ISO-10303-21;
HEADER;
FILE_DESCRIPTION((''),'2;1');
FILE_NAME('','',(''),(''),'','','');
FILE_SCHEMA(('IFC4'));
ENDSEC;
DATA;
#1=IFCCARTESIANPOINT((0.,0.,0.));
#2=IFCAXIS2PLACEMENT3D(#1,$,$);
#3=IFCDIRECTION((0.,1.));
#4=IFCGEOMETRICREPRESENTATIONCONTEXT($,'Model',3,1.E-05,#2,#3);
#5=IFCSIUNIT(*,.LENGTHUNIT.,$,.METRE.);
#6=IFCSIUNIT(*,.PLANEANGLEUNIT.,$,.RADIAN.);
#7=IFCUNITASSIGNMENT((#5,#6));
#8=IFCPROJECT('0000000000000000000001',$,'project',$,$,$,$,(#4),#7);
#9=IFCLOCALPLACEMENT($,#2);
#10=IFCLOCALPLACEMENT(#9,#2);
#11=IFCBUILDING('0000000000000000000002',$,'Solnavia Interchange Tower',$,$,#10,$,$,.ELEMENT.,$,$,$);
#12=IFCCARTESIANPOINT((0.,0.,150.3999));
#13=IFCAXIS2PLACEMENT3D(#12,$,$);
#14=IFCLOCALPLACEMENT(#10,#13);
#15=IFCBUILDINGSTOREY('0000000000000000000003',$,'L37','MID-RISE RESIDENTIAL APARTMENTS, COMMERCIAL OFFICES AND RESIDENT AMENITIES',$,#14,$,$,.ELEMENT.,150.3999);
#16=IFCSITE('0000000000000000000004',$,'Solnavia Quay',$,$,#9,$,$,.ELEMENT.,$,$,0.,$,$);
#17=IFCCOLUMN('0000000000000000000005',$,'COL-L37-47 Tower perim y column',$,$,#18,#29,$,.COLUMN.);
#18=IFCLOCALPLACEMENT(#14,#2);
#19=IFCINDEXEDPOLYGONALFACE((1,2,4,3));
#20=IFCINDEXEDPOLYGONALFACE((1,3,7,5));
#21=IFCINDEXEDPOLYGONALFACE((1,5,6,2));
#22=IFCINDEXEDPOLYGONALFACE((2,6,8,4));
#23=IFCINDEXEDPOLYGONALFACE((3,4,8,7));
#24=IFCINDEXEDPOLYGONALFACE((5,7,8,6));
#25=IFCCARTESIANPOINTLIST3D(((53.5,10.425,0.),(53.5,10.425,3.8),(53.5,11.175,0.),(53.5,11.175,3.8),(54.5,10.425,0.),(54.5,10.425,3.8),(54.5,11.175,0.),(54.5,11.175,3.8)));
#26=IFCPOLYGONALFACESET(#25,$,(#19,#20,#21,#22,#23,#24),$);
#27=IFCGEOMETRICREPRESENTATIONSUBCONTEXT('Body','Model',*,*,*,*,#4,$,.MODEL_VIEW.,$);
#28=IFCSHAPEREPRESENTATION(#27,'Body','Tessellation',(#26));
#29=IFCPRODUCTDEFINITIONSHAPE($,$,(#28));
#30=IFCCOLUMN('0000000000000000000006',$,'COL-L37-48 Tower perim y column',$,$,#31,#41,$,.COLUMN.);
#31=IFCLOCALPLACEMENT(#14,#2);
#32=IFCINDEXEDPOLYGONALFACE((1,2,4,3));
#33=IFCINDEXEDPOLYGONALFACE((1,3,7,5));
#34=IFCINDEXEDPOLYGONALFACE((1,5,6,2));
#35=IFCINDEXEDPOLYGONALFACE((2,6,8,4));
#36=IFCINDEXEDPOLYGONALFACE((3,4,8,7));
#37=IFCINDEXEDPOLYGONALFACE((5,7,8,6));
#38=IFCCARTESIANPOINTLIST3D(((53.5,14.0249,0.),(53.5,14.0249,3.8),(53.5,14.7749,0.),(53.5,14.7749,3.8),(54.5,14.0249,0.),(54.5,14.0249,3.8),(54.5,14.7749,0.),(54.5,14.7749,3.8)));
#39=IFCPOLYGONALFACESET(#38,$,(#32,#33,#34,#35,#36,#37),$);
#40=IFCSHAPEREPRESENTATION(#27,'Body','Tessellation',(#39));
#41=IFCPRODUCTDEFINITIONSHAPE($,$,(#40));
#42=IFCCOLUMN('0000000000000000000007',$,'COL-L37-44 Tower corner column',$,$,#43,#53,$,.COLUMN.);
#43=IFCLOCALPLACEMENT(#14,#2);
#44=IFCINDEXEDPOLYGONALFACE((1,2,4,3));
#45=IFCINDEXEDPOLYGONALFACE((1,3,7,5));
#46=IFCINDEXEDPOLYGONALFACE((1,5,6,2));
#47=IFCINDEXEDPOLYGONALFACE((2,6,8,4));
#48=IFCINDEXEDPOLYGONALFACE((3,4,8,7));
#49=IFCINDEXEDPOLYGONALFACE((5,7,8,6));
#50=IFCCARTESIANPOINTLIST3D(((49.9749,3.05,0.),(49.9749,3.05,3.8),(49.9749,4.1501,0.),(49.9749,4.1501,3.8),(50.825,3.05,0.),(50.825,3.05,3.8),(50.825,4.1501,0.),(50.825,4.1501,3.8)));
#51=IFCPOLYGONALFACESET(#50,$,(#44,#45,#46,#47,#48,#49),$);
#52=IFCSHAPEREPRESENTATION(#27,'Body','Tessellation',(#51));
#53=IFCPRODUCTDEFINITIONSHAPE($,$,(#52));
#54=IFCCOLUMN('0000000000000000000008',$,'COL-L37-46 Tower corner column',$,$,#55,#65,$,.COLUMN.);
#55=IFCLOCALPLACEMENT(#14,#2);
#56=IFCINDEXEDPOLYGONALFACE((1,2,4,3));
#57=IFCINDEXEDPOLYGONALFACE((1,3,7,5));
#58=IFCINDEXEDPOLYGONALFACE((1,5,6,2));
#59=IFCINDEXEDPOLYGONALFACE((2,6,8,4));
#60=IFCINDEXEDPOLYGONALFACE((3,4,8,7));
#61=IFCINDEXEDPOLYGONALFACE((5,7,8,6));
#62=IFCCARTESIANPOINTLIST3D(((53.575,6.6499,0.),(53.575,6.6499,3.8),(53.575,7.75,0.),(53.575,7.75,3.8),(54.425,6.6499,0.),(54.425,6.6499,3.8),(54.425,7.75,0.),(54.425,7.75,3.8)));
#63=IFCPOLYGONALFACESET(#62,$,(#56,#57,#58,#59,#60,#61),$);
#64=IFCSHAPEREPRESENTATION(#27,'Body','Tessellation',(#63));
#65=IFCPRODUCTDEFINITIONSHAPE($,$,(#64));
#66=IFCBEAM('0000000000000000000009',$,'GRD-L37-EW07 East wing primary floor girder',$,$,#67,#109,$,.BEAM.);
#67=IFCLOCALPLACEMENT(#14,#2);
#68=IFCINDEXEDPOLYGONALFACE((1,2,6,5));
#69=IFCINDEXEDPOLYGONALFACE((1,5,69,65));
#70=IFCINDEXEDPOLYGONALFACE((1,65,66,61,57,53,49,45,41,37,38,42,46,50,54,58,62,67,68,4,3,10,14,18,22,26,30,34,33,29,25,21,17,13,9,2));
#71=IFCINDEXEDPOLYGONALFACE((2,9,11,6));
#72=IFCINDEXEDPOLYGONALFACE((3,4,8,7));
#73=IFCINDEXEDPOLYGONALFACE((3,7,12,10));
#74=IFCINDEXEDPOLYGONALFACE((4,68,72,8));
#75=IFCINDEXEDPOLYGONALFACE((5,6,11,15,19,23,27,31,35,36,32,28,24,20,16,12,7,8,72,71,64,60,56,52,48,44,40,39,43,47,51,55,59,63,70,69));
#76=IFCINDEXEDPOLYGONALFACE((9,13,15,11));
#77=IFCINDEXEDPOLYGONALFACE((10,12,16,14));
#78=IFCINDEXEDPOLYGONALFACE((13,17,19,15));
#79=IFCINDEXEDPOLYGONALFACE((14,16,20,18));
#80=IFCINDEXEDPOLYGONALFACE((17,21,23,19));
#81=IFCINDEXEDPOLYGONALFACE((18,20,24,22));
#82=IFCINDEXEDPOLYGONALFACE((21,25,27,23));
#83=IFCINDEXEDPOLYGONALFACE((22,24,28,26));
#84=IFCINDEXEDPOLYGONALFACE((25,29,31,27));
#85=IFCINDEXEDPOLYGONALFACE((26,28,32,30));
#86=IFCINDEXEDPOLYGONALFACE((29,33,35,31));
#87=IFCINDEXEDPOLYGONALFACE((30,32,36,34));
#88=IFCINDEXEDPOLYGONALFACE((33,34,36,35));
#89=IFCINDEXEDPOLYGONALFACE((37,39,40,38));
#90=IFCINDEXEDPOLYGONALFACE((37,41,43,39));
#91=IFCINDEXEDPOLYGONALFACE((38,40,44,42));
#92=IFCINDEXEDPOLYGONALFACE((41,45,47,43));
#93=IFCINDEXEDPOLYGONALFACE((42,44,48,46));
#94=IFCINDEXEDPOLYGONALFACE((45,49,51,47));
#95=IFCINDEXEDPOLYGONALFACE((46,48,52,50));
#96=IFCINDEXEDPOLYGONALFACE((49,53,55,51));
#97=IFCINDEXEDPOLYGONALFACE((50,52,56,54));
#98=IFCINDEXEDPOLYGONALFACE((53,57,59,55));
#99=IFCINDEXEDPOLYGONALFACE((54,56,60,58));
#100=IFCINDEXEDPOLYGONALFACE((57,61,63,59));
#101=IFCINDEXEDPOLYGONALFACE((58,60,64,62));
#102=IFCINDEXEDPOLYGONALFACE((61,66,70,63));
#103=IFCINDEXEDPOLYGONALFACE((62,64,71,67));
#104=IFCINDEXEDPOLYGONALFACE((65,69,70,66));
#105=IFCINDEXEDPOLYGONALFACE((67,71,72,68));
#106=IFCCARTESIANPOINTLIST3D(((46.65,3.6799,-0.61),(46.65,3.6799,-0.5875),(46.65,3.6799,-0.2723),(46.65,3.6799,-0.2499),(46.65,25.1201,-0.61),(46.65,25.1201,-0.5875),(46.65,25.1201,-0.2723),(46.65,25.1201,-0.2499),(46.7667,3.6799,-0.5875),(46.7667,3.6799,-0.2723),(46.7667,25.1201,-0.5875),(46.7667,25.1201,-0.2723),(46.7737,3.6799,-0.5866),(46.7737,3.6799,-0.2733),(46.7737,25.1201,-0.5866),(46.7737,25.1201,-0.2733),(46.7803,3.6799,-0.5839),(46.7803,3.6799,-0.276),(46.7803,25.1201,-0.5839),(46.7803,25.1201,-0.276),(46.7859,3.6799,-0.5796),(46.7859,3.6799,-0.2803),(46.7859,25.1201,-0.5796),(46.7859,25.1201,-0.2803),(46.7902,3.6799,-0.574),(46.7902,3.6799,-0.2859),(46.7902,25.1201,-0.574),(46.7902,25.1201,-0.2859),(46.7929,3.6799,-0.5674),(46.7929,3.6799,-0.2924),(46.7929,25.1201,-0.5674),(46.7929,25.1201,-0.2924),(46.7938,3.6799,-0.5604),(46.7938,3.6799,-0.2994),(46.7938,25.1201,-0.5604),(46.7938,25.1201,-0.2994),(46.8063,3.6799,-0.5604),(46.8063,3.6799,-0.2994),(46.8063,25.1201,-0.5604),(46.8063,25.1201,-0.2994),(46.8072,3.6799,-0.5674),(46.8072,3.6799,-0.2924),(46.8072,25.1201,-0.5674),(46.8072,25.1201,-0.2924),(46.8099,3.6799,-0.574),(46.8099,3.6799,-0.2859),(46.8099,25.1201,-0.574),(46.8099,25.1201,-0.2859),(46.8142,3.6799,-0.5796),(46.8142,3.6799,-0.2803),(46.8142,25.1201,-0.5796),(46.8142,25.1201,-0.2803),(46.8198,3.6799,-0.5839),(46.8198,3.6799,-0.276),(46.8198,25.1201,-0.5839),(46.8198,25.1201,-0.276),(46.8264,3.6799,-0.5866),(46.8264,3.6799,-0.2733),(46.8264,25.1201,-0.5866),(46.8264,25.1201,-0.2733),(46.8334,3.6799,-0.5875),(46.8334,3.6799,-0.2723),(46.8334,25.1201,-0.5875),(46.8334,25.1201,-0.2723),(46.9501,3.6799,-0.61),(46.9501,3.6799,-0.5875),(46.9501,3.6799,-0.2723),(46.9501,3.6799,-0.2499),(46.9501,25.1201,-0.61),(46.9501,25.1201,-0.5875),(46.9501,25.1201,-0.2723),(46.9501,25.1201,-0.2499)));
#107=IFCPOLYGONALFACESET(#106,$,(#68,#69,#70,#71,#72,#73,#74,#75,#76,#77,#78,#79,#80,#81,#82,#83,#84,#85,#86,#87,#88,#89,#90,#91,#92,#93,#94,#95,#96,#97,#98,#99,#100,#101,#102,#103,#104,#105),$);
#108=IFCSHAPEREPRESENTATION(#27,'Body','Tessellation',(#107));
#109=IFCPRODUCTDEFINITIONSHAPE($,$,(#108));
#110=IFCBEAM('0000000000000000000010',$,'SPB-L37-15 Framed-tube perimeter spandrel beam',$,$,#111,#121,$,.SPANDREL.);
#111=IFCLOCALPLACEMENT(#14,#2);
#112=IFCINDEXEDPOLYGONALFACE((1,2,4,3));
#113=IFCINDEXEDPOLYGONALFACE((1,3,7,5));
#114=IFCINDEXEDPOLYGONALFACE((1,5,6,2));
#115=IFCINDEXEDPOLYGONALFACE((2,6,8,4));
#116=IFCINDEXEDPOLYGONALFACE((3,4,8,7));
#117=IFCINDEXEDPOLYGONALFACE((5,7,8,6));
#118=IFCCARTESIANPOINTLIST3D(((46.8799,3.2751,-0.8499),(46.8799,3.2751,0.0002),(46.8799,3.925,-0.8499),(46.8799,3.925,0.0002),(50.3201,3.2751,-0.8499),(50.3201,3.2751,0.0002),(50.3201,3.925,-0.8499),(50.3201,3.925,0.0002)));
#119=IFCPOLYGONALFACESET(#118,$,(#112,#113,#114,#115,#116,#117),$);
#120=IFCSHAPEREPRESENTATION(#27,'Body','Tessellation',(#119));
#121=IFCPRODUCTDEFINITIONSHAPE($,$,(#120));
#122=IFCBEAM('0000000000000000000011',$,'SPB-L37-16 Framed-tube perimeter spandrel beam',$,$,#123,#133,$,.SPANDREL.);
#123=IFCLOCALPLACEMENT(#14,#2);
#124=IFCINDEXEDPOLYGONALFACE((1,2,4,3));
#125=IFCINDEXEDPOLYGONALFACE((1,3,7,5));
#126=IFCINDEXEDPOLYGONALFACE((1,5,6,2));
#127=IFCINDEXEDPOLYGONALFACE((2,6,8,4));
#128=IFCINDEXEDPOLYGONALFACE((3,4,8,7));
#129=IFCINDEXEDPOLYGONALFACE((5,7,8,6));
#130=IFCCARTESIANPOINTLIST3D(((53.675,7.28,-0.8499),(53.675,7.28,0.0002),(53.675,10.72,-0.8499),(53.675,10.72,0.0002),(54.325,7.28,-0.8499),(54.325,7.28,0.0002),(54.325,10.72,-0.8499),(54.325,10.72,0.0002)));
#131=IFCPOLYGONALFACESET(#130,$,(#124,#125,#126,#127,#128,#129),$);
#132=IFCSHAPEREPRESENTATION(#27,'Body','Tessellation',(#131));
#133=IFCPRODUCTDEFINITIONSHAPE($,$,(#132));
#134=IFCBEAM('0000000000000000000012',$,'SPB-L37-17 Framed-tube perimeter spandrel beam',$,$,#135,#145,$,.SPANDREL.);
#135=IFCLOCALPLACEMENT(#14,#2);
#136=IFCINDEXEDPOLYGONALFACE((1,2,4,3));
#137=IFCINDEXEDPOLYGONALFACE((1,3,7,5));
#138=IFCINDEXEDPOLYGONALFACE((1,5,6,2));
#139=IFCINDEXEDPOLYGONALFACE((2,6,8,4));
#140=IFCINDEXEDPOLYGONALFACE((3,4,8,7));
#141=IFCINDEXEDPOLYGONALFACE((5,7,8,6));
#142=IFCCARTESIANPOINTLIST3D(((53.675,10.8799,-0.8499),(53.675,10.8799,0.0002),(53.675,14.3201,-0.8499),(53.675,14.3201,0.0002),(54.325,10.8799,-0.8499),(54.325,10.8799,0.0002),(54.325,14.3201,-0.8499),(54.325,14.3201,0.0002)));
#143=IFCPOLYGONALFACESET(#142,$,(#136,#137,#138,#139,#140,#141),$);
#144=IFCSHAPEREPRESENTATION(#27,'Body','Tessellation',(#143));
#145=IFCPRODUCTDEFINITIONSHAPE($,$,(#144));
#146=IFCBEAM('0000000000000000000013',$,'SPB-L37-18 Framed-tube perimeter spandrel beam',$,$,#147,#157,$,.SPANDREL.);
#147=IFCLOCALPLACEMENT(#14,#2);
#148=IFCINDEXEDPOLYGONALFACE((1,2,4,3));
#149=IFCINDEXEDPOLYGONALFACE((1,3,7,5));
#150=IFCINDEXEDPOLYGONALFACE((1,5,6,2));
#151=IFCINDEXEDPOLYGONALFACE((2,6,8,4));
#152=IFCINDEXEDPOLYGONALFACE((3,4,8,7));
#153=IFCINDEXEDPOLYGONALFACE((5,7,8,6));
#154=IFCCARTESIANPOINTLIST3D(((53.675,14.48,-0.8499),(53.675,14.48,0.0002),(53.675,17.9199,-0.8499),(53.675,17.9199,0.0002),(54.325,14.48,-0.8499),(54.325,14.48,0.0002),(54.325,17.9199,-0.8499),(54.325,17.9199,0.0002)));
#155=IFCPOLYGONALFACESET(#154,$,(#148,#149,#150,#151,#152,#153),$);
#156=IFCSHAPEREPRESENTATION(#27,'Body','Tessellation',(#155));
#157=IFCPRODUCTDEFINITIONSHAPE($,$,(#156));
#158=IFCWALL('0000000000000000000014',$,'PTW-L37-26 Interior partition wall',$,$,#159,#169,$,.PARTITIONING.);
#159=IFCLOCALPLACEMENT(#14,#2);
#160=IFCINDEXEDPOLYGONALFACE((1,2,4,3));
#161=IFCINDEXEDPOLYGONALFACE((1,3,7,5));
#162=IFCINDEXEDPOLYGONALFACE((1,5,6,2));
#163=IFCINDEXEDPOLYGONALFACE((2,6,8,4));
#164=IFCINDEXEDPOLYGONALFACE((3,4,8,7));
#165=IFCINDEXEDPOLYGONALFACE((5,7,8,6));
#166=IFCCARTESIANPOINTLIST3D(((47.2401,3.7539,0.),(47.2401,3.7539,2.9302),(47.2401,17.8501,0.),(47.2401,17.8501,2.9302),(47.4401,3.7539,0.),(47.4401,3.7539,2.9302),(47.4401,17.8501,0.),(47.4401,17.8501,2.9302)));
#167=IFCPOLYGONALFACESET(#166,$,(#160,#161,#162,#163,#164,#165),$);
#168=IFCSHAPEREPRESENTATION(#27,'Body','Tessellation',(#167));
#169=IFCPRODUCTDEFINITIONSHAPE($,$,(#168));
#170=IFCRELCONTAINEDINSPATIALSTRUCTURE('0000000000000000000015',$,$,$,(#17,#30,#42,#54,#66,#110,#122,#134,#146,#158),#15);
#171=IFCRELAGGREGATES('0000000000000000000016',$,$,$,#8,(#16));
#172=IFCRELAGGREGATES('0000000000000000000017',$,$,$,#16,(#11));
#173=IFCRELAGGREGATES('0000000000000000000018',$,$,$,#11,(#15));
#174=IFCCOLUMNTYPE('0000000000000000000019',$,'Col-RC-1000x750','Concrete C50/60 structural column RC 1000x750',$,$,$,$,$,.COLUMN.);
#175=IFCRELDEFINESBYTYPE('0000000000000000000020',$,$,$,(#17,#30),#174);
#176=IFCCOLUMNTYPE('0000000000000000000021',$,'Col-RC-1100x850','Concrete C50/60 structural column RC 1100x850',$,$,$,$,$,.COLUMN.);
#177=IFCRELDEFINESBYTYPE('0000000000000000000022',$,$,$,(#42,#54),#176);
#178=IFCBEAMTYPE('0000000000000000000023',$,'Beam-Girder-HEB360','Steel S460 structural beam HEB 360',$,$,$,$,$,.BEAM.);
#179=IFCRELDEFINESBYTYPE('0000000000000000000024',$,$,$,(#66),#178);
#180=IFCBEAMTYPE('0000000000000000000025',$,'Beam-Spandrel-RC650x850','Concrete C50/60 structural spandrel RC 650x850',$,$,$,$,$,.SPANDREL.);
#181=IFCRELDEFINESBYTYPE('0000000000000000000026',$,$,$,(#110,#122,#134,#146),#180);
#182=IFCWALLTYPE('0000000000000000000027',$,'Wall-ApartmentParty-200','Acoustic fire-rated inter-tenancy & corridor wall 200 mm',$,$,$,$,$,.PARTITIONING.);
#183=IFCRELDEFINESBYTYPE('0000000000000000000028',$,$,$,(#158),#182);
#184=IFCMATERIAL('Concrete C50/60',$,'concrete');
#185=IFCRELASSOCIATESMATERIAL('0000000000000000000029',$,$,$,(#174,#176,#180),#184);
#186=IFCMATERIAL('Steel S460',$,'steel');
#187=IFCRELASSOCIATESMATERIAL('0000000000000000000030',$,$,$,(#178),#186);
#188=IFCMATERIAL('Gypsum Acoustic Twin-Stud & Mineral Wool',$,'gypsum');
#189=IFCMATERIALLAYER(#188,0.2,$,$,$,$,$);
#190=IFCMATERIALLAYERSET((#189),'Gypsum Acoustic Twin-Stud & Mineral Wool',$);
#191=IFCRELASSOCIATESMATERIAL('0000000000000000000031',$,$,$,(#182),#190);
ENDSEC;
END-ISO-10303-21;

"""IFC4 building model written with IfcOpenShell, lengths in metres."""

from ifc_helpers import new_model, si_unit, direction, frame, frame_2d, origin, origin_2d, place, context, subcontext, project, spatial, rectangle, i_section, extrude, material, layer, layer_set, material_profile, profile_set, type_object, element, save


model = new_model("IFC4")

# Units and contexts
model_context = context("Model", 3, precision=1e-05, world=origin(), true_north=direction((0.0, 1.0)))
body_context = subcontext(model_context, "Body", "Model", "MODEL_VIEW")
ifc_project = project(units=[si_unit("LENGTHUNIT", "METRE"), si_unit("PLANEANGLEUNIT", "RADIAN")], contexts=[model_context])

# Site, building, storey
site_placement = place(None, origin())
site = spatial("IfcSite", under=ifc_project, at=site_placement, Name="Solnavia Quay", CompositionType="ELEMENT", RefElevation=0.0)
building_placement = place(site_placement, origin())
building = spatial("IfcBuilding", under=site, at=building_placement, Name="Solnavia Interchange Tower", CompositionType="ELEMENT")
storey_placement = place(building_placement, frame((0.0, 0.0, 150.3999)))
storey = spatial("IfcBuildingStorey", under=building, at=storey_placement, Name="L37", Description="MID-RISE RESIDENTIAL APARTMENTS, COMMERCIAL OFFICES AND RESIDENT AMENITIES", CompositionType="ELEMENT", Elevation=150.3999)

# Columns
ifc_material_1 = material(Name="Concrete C50/60", Category="concrete")
ifc_material_profile_1 = material_profile(ifc_material_1, rectangle(XDim=0.75, YDim=1.0, at=origin_2d()), Name="RC 1000x750")
ifc_profile_set_1 = profile_set([ifc_material_profile_1], Name="Concrete C50/60")
column_type_1 = type_object("IfcColumnType", Name="Col-RC-1000x750", Description="Concrete C50/60 structural column RC 1000x750", PredefinedType="COLUMN", material=ifc_profile_set_1)
for number, where, z_axis, x_axis, name in (
    (1, (54.0, 10.8, 0.0), (0.0, 0.0, 1.0), (0.0, 1.0, 0.0), "COL-L37-47 Tower perim y column"),
    (2, (54.0, 14.3999, 0.0), (0.0, 0.0, 1.0), (0.0, 1.0, 0.0), "COL-L37-48 Tower perim y column"),
):
    element("IfcColumn", number, at=place(storey_placement, frame(where, z_axis=z_axis, x_axis=x_axis)), inside=storey, type_object=column_type_1, Name=name, PredefinedType="COLUMN", context=body_context, shape_type="SweptSolid", body=[
        extrude(rectangle(XDim=0.75, YDim=1.0, at=origin_2d()), origin(), (0.0, 0.0, 1.0), 3.8),
    ])
ifc_material_profile_2 = material_profile(ifc_material_1, rectangle(XDim=0.8501, YDim=1.1001, at=origin_2d()), Name="RC 1100x850")
ifc_profile_set_2 = profile_set([ifc_material_profile_2], Name="Concrete C50/60")
column_type_2 = type_object("IfcColumnType", Name="Col-RC-1100x850", Description="Concrete C50/60 structural column RC 1100x850", PredefinedType="COLUMN", material=ifc_profile_set_2)
for number, where, z_axis, x_axis, name in (
    (3, (50.3999, 3.6001, 0.0), (0.0, 0.0, 1.0), (1.0, 0.0, 0.0), "COL-L37-44 Tower corner column"),
    (4, (54.0, 7.2, 0.0), (0.0, 0.0, 1.0), (1.0, 0.0, 0.0), "COL-L37-46 Tower corner column"),
):
    element("IfcColumn", number, at=place(storey_placement, frame(where, z_axis=z_axis, x_axis=x_axis)), inside=storey, type_object=column_type_2, Name=name, PredefinedType="COLUMN", context=body_context, shape_type="SweptSolid", body=[
        extrude(rectangle(XDim=0.8501, YDim=1.1001, at=origin_2d()), origin(), (0.0, 0.0, 1.0), 3.8),
    ])

# Beams
ifc_material_2 = material(Name="Steel S460", Category="steel")
ifc_material_profile_3 = material_profile(ifc_material_2, i_section(OverallWidth=0.3, OverallDepth=0.3601, WebThickness=0.0125, FlangeThickness=0.0225, FilletRadius=0.0271, at=origin_2d()), Name="HEB 360")
ifc_profile_set_3 = profile_set([ifc_material_profile_3], Name="Steel S460")
beam_type_1 = type_object("IfcBeamType", Name="Beam-Girder-HEB360", Description="Steel S460 structural beam HEB 360", PredefinedType="BEAM", material=ifc_profile_set_3)
beam_1_placement = place(storey_placement, frame((46.8, 3.6799, -0.4299), z_axis=(0.0, 1.0, 0.0), x_axis=(-1.0, 0.0, 0.0)))
element("IfcBeam", 5, at=beam_1_placement, inside=storey, type_object=beam_type_1, Name="GRD-L37-EW07 East wing primary floor girder", PredefinedType="BEAM", context=body_context, shape_type="SweptSolid", body=[
    extrude(i_section(OverallWidth=0.3, OverallDepth=0.3601, WebThickness=0.0125, FlangeThickness=0.0225, FilletRadius=0.0271, at=origin_2d()), origin(), (0.0, 0.0, 1.0), 21.4402),
])
ifc_material_profile_4 = material_profile(ifc_material_1, rectangle(XDim=0.6499, YDim=0.8501, at=origin_2d()), Name="RC 650x850")
ifc_profile_set_4 = profile_set([ifc_material_profile_4], Name="Concrete C50/60")
beam_type_2 = type_object("IfcBeamType", Name="Beam-Spandrel-RC650x850", Description="Concrete C50/60 structural spandrel RC 650x850", PredefinedType="SPANDREL", material=ifc_profile_set_4)
beam_2_placement = place(storey_placement, frame((46.8799, 3.6001, -0.4248), z_axis=(1.0, 0.0, 0.0), x_axis=(0.0, 1.0, 0.0)))
element("IfcBeam", 6, at=beam_2_placement, inside=storey, type_object=beam_type_2, Name="SPB-L37-15 Framed-tube perimeter spandrel beam", PredefinedType="SPANDREL", context=body_context, shape_type="SweptSolid", body=[
    extrude(rectangle(XDim=0.6499, YDim=0.8501, at=origin_2d()), origin(), (0.0, 0.0, 1.0), 3.4402),
])
beam_3_placement = place(storey_placement, frame((54.0, 7.28, -0.4248), z_axis=(0.0, 1.0, 0.0), x_axis=(-1.0, 0.0, 0.0)))
element("IfcBeam", 7, at=beam_3_placement, inside=storey, type_object=beam_type_2, Name="SPB-L37-16 Framed-tube perimeter spandrel beam", PredefinedType="SPANDREL", context=body_context, shape_type="SweptSolid", body=[
    extrude(rectangle(XDim=0.6499, YDim=0.8501, at=origin_2d()), origin(), (0.0, 0.0, 1.0), 3.4399),
])
beam_4_placement = place(storey_placement, frame((54.0, 10.8799, -0.4248), z_axis=(0.0, 1.0, 0.0), x_axis=(-1.0, 0.0, 0.0)))
element("IfcBeam", 8, at=beam_4_placement, inside=storey, type_object=beam_type_2, Name="SPB-L37-17 Framed-tube perimeter spandrel beam", PredefinedType="SPANDREL", context=body_context, shape_type="SweptSolid", body=[
    extrude(rectangle(XDim=0.6499, YDim=0.8501, at=origin_2d()), origin(), (0.0, 0.0, 1.0), 3.4402),
])
beam_5_placement = place(storey_placement, frame((54.0, 14.48, -0.4248), z_axis=(0.0, 1.0, 0.0), x_axis=(-1.0, 0.0, 0.0)))
element("IfcBeam", 9, at=beam_5_placement, inside=storey, type_object=beam_type_2, Name="SPB-L37-18 Framed-tube perimeter spandrel beam", PredefinedType="SPANDREL", context=body_context, shape_type="SweptSolid", body=[
    extrude(rectangle(XDim=0.6499, YDim=0.8501, at=origin_2d()), origin(), (0.0, 0.0, 1.0), 3.4399),
])

# Wall
ifc_material_3 = material(Name="Gypsum Acoustic Twin-Stud & Mineral Wool", Category="gypsum")
ifc_layer_1 = layer(ifc_material_3, 0.2)
ifc_layer_set_1 = layer_set([ifc_layer_1], Name="Gypsum Acoustic Twin-Stud & Mineral Wool")
wall_type_1 = type_object("IfcWallType", Name="Wall-ApartmentParty-200", Description="Acoustic fire-rated inter-tenancy & corridor wall 200 mm", PredefinedType="PARTITIONING", material=ifc_layer_set_1)
wall_1_placement = place(storey_placement, frame((47.3401, 3.7539, 0.0), z_axis=(0.0, 0.0, 1.0), x_axis=(0.0, 1.0, 0.0)))
element("IfcWall", 10, at=wall_1_placement, inside=storey, type_object=wall_type_1, Name="PTW-L37-26 Interior partition wall", PredefinedType="PARTITIONING", context=body_context, shape_type="SweptSolid", body=[
    extrude(rectangle(XDim=14.0962, YDim=0.2, at=frame_2d((7.0481, 0.0))), origin(), (0.0, 0.0, 1.0), 2.9302),
])

save(model, "model.ifc")
